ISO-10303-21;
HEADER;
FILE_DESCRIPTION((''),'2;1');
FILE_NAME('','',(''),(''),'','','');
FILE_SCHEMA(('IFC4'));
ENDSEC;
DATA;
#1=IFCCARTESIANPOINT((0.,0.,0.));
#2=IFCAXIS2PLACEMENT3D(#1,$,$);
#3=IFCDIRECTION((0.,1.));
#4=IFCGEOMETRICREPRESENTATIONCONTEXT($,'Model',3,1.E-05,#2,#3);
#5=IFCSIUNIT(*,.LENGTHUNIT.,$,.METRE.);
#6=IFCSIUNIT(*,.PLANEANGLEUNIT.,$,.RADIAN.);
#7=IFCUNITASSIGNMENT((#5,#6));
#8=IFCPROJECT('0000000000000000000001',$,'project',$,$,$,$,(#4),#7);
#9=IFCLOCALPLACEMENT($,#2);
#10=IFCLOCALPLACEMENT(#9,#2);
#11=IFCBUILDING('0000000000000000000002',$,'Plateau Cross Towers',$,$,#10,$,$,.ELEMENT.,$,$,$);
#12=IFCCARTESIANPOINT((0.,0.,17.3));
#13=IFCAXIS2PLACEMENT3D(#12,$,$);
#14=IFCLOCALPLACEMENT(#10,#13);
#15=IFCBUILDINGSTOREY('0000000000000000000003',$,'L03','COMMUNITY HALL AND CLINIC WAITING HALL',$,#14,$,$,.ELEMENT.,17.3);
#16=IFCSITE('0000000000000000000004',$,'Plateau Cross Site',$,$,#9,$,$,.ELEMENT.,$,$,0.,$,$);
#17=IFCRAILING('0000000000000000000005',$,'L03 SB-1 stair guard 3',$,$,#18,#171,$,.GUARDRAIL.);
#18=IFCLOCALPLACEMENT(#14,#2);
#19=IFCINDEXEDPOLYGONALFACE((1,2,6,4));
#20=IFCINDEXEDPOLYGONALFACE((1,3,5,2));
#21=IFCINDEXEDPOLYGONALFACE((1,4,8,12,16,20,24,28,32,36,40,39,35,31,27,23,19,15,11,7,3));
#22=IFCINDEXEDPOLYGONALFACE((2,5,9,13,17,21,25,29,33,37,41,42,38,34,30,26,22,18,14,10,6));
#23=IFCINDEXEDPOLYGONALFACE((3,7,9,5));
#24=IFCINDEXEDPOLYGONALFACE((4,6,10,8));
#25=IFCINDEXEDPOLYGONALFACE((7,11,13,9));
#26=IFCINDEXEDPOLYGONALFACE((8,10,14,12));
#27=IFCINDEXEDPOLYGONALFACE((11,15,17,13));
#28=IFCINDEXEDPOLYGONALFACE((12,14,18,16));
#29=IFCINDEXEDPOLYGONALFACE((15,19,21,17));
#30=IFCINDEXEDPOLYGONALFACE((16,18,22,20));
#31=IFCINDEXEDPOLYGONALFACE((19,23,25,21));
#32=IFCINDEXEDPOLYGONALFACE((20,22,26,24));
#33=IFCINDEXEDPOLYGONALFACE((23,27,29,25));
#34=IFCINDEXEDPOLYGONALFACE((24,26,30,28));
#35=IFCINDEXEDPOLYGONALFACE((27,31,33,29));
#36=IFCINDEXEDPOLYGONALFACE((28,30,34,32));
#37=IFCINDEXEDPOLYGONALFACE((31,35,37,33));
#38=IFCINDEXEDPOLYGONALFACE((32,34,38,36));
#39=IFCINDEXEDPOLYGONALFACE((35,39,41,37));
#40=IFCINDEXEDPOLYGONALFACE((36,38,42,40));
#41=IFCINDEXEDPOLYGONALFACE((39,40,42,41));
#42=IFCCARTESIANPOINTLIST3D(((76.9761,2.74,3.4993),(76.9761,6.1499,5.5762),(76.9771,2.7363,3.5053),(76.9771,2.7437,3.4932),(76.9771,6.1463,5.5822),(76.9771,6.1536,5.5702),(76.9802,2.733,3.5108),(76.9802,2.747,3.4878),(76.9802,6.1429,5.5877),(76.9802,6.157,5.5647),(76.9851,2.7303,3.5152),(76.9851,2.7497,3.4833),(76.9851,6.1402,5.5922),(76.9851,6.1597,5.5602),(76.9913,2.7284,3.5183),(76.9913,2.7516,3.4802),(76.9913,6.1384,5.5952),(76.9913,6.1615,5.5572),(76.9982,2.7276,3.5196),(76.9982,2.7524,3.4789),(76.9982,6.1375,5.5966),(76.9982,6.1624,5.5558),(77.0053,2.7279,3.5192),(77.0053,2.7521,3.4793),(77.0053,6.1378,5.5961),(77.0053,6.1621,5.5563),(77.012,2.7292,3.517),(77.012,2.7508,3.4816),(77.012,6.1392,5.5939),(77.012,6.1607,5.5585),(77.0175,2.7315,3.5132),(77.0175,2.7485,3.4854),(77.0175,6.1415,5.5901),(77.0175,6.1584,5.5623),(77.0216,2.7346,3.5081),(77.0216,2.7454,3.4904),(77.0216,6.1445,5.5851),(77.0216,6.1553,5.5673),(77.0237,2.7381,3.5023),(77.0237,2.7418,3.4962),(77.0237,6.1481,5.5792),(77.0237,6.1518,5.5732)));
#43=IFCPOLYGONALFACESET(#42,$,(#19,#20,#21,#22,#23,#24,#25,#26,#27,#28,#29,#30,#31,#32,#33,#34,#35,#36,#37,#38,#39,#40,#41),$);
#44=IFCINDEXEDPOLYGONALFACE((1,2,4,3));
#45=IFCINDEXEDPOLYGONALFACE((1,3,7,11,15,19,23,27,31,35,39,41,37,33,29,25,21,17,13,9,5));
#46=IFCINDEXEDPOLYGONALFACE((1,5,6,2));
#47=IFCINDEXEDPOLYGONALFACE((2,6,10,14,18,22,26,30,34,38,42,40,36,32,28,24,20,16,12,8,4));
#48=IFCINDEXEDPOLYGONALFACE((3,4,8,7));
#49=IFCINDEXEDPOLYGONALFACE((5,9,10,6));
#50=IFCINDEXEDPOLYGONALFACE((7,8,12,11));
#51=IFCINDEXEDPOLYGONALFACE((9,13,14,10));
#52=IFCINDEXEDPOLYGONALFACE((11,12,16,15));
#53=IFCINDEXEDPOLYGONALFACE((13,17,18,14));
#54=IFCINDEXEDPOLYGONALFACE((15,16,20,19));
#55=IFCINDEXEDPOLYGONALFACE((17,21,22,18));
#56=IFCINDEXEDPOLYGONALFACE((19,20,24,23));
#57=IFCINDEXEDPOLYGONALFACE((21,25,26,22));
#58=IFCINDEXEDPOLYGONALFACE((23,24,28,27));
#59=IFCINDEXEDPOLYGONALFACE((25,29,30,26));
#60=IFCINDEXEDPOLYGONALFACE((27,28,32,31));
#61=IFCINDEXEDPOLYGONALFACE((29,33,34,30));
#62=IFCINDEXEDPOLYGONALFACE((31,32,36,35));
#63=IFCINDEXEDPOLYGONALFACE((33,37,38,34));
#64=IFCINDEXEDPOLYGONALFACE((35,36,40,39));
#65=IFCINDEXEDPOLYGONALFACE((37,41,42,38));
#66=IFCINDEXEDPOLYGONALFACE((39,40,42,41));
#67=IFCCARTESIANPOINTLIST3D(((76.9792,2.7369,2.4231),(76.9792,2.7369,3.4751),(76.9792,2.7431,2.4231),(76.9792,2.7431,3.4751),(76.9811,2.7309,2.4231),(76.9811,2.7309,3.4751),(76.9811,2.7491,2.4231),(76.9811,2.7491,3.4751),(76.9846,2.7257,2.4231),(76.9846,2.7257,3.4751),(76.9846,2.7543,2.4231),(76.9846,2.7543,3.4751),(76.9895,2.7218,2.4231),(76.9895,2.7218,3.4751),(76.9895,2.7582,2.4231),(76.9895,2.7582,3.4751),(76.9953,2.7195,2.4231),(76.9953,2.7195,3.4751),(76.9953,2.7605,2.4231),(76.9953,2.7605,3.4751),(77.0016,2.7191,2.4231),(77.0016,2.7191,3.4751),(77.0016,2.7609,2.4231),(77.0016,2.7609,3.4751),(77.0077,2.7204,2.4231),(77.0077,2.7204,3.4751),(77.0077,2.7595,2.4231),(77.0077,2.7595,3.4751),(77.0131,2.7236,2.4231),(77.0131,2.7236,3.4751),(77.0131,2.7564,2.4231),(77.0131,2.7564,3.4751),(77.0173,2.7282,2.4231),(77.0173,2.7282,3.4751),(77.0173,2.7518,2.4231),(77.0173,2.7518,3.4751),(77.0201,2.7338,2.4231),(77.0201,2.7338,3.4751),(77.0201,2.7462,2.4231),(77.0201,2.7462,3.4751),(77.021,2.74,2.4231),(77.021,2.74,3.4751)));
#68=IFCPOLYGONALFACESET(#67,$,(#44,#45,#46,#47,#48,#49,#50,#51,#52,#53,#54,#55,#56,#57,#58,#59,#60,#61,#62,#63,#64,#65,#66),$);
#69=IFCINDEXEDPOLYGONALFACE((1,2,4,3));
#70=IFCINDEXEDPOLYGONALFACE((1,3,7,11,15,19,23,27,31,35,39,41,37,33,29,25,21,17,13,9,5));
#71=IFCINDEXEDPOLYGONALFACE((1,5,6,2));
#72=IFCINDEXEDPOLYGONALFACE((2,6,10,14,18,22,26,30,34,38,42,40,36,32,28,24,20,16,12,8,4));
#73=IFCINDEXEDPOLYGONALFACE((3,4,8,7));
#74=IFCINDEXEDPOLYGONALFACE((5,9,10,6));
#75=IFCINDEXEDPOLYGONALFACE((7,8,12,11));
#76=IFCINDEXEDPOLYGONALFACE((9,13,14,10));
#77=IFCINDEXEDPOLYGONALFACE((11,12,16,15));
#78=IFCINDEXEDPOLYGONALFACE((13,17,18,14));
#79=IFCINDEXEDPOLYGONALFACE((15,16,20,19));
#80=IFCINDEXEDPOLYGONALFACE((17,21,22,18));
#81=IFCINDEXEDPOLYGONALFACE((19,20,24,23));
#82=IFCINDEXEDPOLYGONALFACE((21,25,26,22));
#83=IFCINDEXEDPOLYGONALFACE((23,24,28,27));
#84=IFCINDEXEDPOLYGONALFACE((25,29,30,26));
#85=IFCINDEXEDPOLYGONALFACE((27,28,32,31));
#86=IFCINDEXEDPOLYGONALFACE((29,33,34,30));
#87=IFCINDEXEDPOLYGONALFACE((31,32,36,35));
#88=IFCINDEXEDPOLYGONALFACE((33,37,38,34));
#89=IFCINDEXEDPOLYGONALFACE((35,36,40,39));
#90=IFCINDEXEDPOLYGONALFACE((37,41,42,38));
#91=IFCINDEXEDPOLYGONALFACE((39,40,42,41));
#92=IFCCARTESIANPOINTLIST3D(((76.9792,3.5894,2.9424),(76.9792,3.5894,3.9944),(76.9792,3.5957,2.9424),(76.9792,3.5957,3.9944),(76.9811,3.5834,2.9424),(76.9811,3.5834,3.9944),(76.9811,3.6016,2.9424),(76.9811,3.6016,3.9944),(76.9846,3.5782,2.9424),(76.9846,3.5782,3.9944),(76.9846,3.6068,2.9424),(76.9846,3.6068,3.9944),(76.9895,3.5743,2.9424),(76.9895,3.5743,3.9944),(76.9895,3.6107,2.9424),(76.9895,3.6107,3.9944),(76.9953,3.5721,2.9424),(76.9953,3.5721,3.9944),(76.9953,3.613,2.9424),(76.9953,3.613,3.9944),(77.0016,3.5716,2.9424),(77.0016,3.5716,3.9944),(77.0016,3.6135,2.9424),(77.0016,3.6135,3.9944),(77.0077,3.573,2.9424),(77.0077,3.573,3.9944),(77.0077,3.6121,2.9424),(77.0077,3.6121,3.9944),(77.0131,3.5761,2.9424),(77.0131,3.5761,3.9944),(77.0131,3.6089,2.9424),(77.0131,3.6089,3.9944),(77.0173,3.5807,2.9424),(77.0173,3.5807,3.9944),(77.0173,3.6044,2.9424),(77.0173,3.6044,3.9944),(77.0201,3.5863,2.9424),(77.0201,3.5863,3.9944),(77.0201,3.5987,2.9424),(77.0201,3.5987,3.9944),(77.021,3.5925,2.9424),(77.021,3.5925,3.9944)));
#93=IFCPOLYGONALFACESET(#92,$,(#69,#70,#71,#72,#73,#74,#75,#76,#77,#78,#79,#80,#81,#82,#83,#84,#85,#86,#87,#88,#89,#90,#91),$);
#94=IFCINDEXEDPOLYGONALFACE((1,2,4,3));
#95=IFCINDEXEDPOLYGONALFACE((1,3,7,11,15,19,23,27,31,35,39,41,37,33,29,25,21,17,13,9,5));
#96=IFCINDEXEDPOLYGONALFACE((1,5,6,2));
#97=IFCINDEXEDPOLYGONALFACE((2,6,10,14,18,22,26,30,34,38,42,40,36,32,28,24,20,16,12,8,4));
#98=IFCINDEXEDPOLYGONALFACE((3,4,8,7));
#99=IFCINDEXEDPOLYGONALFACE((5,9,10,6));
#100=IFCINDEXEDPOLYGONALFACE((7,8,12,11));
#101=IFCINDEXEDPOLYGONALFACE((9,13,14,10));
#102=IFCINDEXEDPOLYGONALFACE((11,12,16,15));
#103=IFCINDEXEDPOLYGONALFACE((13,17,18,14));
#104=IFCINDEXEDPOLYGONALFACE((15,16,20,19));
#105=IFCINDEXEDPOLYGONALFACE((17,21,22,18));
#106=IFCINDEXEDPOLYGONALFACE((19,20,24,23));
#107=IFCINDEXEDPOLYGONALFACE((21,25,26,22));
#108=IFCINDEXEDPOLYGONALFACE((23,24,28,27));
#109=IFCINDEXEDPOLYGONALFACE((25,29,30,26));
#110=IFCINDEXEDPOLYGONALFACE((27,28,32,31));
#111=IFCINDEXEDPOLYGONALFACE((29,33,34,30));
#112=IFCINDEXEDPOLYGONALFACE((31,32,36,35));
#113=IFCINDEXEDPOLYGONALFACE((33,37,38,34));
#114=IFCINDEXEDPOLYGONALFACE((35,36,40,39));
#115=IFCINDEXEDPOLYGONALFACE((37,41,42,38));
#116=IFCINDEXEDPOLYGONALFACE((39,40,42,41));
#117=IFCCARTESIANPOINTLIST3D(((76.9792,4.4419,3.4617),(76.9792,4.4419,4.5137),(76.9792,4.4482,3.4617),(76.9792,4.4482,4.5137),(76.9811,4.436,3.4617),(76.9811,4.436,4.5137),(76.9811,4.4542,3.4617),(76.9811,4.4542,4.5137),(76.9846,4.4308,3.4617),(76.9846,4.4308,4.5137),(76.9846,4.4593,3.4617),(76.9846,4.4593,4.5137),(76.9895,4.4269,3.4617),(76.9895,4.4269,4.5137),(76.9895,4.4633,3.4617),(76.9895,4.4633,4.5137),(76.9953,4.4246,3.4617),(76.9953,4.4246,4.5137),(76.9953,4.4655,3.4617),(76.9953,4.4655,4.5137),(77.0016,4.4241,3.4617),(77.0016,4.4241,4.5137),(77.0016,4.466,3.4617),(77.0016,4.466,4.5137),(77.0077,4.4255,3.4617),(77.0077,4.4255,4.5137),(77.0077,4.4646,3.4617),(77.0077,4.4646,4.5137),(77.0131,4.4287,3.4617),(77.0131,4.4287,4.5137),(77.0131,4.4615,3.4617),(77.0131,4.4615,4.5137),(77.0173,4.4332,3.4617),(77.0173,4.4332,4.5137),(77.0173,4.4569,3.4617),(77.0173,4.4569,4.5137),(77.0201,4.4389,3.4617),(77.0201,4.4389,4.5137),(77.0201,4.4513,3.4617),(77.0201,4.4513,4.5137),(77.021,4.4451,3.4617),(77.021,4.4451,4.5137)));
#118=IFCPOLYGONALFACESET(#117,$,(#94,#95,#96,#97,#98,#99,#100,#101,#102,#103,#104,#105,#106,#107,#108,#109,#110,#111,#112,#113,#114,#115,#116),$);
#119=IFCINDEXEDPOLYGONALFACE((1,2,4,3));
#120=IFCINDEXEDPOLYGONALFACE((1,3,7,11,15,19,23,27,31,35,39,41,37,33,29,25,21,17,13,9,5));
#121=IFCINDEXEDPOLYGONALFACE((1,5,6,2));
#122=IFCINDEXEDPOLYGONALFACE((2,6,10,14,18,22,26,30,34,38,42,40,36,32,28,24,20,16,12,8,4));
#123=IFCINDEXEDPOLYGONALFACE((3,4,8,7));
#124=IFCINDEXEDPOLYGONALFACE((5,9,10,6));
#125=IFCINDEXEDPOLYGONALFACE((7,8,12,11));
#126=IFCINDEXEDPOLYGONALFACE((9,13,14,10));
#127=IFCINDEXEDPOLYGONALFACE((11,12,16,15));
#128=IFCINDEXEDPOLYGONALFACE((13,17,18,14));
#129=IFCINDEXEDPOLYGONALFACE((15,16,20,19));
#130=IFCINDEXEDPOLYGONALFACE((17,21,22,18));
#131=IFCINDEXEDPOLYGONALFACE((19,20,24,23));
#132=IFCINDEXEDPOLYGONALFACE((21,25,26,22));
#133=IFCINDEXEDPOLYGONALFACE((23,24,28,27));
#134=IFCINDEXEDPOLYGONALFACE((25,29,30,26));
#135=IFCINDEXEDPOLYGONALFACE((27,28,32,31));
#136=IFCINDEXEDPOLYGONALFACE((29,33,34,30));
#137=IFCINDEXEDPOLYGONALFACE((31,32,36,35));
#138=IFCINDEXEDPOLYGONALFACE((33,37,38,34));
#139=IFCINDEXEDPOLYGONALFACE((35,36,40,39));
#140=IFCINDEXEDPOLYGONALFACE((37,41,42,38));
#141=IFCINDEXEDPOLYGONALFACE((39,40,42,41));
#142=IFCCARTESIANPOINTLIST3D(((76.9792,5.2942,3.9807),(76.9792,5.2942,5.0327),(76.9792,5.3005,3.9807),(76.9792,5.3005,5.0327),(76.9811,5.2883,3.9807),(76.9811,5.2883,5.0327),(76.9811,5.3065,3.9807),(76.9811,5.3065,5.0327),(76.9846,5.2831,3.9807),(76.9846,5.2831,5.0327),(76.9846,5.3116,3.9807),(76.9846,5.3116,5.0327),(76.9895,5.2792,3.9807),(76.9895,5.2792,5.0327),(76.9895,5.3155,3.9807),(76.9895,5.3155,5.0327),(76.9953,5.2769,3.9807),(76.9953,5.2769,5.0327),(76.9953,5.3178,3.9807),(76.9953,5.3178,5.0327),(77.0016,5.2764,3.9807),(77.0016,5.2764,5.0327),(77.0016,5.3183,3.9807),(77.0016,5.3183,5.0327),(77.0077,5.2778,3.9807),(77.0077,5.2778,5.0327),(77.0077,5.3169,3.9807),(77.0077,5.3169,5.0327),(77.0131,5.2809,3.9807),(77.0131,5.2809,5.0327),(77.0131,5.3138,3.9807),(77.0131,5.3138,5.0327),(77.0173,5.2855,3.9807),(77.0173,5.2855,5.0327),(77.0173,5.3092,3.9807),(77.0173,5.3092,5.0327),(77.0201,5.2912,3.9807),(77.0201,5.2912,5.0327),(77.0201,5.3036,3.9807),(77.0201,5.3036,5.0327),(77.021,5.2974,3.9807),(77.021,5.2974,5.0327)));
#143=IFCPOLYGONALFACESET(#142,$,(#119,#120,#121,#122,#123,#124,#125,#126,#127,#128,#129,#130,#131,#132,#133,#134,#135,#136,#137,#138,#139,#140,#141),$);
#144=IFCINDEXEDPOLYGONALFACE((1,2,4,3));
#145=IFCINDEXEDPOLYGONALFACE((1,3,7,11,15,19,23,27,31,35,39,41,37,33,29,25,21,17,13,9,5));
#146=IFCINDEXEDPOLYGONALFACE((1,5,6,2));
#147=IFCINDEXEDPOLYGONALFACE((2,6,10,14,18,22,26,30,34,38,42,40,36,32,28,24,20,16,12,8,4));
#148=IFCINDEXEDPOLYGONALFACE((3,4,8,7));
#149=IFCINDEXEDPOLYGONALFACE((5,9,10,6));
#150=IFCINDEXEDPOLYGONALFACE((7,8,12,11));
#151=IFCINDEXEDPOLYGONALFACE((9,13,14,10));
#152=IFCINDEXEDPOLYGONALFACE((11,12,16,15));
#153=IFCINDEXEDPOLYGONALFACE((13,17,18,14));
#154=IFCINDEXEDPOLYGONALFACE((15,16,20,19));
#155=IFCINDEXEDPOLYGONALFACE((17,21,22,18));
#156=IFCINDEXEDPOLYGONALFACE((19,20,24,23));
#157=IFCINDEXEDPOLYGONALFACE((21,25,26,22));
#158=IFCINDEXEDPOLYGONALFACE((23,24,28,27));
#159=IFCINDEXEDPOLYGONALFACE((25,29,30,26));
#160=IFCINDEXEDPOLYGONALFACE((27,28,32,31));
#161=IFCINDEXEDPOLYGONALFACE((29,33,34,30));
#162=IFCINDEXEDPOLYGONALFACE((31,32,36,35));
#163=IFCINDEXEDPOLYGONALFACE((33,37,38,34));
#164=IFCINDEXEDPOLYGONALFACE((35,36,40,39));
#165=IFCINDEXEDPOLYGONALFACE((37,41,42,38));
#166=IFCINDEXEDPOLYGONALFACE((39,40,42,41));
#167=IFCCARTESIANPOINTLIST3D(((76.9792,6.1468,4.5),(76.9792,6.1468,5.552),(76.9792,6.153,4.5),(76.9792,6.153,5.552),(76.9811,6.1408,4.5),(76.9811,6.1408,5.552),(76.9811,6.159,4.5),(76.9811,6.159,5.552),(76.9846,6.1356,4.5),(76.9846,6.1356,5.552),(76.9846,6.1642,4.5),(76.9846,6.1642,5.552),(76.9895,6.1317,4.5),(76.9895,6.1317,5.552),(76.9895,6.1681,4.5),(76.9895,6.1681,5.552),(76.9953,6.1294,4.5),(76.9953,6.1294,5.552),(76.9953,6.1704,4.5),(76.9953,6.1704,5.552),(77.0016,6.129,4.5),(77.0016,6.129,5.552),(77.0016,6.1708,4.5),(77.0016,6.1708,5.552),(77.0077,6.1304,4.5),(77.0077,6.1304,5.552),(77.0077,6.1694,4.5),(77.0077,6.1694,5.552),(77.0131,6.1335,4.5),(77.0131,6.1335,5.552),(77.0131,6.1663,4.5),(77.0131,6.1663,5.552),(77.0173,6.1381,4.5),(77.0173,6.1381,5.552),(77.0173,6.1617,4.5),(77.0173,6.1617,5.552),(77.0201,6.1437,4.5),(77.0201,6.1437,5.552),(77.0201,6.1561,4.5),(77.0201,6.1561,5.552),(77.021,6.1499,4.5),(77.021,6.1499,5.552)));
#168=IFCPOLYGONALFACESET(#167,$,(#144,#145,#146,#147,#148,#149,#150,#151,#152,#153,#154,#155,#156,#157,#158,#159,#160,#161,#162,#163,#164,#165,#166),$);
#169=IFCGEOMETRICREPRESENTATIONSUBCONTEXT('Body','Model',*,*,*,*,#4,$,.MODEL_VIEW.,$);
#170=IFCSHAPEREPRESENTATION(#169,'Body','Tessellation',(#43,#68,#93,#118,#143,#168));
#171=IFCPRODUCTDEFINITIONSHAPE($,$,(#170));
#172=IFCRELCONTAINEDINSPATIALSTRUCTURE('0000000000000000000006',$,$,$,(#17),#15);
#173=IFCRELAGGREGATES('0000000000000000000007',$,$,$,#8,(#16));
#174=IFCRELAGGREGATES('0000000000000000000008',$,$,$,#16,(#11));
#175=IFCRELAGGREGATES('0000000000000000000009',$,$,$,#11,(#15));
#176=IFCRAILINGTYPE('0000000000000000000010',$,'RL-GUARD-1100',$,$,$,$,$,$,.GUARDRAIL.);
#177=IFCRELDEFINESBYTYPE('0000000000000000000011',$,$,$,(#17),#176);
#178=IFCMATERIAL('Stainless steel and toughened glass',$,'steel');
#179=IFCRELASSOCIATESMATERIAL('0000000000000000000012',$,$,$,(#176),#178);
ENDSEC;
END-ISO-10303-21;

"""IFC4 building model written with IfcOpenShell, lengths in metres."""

from ifc_helpers import new_model, si_unit, direction, frame, origin, origin_2d, place, context, subcontext, project, spatial, circle, extrude, material, type_object, element, save


model = new_model("IFC4")

# Units and contexts
model_context = context("Model", 3, precision=1e-05, world=origin(), true_north=direction((0.0, 1.0)))
body_context = subcontext(model_context, "Body", "Model", "MODEL_VIEW")
ifc_project = project(units=[si_unit("LENGTHUNIT", "METRE"), si_unit("PLANEANGLEUNIT", "RADIAN")], contexts=[model_context])

# Site, building, storey
site_placement = place(None, origin())
site = spatial("IfcSite", under=ifc_project, at=site_placement, Name="Plateau Cross Site", CompositionType="ELEMENT", RefElevation=0.0)
building_placement = place(site_placement, origin())
building = spatial("IfcBuilding", under=site, at=building_placement, Name="Plateau Cross Towers", CompositionType="ELEMENT")
storey_placement = place(building_placement, frame((0.0, 0.0, 17.3)))
storey = spatial("IfcBuildingStorey", under=building, at=storey_placement, Name="L03", Description="COMMUNITY HALL AND CLINIC WAITING HALL", CompositionType="ELEMENT", Elevation=17.3)

# Railing
ifc_material_1 = material(Name="Stainless steel and toughened glass", Category="steel")
railing_type_1 = type_object("IfcRailingType", Name="RL-GUARD-1100", PredefinedType="GUARDRAIL", material=ifc_material_1)
railing_1_placement = place(storey_placement, frame((77.0, 2.74, 2.4231)))
element("IfcRailing", 1, at=railing_1_placement, inside=storey, type_object=railing_type_1, Name="L03 SB-1 stair guard 3", PredefinedType="GUARDRAIL", context=body_context, shape_type="SweptSolid", body=[
    extrude(circle(Radius=0.0239, at=origin_2d()), frame((0.0, 0.0, 1.0762), z_axis=(0.0, 0.854053, 0.520186), x_axis=(-1.0, 0.0, 0.0)), (0.0, 0.0, 1.0), 3.9927),
    extrude(circle(Radius=0.021, at=origin_2d()), origin(), (0.0, 0.0, 1.0), 1.052),
    extrude(circle(Radius=0.021, at=origin_2d()), frame((0.0, 0.8525, 0.5193)), (0.0, 0.0, 1.0), 1.052),
    extrude(circle(Radius=0.021, at=origin_2d()), frame((0.0, 1.7051, 1.0386)), (0.0, 0.0, 1.0), 1.052),
    extrude(circle(Radius=0.021, at=origin_2d()), frame((0.0, 2.5574, 1.5576)), (0.0, 0.0, 1.0), 1.052),
    extrude(circle(Radius=0.021, at=origin_2d()), frame((0.0, 3.4099, 2.0769)), (0.0, 0.0, 1.0), 1.052),
])

save(model, "model.ifc")
